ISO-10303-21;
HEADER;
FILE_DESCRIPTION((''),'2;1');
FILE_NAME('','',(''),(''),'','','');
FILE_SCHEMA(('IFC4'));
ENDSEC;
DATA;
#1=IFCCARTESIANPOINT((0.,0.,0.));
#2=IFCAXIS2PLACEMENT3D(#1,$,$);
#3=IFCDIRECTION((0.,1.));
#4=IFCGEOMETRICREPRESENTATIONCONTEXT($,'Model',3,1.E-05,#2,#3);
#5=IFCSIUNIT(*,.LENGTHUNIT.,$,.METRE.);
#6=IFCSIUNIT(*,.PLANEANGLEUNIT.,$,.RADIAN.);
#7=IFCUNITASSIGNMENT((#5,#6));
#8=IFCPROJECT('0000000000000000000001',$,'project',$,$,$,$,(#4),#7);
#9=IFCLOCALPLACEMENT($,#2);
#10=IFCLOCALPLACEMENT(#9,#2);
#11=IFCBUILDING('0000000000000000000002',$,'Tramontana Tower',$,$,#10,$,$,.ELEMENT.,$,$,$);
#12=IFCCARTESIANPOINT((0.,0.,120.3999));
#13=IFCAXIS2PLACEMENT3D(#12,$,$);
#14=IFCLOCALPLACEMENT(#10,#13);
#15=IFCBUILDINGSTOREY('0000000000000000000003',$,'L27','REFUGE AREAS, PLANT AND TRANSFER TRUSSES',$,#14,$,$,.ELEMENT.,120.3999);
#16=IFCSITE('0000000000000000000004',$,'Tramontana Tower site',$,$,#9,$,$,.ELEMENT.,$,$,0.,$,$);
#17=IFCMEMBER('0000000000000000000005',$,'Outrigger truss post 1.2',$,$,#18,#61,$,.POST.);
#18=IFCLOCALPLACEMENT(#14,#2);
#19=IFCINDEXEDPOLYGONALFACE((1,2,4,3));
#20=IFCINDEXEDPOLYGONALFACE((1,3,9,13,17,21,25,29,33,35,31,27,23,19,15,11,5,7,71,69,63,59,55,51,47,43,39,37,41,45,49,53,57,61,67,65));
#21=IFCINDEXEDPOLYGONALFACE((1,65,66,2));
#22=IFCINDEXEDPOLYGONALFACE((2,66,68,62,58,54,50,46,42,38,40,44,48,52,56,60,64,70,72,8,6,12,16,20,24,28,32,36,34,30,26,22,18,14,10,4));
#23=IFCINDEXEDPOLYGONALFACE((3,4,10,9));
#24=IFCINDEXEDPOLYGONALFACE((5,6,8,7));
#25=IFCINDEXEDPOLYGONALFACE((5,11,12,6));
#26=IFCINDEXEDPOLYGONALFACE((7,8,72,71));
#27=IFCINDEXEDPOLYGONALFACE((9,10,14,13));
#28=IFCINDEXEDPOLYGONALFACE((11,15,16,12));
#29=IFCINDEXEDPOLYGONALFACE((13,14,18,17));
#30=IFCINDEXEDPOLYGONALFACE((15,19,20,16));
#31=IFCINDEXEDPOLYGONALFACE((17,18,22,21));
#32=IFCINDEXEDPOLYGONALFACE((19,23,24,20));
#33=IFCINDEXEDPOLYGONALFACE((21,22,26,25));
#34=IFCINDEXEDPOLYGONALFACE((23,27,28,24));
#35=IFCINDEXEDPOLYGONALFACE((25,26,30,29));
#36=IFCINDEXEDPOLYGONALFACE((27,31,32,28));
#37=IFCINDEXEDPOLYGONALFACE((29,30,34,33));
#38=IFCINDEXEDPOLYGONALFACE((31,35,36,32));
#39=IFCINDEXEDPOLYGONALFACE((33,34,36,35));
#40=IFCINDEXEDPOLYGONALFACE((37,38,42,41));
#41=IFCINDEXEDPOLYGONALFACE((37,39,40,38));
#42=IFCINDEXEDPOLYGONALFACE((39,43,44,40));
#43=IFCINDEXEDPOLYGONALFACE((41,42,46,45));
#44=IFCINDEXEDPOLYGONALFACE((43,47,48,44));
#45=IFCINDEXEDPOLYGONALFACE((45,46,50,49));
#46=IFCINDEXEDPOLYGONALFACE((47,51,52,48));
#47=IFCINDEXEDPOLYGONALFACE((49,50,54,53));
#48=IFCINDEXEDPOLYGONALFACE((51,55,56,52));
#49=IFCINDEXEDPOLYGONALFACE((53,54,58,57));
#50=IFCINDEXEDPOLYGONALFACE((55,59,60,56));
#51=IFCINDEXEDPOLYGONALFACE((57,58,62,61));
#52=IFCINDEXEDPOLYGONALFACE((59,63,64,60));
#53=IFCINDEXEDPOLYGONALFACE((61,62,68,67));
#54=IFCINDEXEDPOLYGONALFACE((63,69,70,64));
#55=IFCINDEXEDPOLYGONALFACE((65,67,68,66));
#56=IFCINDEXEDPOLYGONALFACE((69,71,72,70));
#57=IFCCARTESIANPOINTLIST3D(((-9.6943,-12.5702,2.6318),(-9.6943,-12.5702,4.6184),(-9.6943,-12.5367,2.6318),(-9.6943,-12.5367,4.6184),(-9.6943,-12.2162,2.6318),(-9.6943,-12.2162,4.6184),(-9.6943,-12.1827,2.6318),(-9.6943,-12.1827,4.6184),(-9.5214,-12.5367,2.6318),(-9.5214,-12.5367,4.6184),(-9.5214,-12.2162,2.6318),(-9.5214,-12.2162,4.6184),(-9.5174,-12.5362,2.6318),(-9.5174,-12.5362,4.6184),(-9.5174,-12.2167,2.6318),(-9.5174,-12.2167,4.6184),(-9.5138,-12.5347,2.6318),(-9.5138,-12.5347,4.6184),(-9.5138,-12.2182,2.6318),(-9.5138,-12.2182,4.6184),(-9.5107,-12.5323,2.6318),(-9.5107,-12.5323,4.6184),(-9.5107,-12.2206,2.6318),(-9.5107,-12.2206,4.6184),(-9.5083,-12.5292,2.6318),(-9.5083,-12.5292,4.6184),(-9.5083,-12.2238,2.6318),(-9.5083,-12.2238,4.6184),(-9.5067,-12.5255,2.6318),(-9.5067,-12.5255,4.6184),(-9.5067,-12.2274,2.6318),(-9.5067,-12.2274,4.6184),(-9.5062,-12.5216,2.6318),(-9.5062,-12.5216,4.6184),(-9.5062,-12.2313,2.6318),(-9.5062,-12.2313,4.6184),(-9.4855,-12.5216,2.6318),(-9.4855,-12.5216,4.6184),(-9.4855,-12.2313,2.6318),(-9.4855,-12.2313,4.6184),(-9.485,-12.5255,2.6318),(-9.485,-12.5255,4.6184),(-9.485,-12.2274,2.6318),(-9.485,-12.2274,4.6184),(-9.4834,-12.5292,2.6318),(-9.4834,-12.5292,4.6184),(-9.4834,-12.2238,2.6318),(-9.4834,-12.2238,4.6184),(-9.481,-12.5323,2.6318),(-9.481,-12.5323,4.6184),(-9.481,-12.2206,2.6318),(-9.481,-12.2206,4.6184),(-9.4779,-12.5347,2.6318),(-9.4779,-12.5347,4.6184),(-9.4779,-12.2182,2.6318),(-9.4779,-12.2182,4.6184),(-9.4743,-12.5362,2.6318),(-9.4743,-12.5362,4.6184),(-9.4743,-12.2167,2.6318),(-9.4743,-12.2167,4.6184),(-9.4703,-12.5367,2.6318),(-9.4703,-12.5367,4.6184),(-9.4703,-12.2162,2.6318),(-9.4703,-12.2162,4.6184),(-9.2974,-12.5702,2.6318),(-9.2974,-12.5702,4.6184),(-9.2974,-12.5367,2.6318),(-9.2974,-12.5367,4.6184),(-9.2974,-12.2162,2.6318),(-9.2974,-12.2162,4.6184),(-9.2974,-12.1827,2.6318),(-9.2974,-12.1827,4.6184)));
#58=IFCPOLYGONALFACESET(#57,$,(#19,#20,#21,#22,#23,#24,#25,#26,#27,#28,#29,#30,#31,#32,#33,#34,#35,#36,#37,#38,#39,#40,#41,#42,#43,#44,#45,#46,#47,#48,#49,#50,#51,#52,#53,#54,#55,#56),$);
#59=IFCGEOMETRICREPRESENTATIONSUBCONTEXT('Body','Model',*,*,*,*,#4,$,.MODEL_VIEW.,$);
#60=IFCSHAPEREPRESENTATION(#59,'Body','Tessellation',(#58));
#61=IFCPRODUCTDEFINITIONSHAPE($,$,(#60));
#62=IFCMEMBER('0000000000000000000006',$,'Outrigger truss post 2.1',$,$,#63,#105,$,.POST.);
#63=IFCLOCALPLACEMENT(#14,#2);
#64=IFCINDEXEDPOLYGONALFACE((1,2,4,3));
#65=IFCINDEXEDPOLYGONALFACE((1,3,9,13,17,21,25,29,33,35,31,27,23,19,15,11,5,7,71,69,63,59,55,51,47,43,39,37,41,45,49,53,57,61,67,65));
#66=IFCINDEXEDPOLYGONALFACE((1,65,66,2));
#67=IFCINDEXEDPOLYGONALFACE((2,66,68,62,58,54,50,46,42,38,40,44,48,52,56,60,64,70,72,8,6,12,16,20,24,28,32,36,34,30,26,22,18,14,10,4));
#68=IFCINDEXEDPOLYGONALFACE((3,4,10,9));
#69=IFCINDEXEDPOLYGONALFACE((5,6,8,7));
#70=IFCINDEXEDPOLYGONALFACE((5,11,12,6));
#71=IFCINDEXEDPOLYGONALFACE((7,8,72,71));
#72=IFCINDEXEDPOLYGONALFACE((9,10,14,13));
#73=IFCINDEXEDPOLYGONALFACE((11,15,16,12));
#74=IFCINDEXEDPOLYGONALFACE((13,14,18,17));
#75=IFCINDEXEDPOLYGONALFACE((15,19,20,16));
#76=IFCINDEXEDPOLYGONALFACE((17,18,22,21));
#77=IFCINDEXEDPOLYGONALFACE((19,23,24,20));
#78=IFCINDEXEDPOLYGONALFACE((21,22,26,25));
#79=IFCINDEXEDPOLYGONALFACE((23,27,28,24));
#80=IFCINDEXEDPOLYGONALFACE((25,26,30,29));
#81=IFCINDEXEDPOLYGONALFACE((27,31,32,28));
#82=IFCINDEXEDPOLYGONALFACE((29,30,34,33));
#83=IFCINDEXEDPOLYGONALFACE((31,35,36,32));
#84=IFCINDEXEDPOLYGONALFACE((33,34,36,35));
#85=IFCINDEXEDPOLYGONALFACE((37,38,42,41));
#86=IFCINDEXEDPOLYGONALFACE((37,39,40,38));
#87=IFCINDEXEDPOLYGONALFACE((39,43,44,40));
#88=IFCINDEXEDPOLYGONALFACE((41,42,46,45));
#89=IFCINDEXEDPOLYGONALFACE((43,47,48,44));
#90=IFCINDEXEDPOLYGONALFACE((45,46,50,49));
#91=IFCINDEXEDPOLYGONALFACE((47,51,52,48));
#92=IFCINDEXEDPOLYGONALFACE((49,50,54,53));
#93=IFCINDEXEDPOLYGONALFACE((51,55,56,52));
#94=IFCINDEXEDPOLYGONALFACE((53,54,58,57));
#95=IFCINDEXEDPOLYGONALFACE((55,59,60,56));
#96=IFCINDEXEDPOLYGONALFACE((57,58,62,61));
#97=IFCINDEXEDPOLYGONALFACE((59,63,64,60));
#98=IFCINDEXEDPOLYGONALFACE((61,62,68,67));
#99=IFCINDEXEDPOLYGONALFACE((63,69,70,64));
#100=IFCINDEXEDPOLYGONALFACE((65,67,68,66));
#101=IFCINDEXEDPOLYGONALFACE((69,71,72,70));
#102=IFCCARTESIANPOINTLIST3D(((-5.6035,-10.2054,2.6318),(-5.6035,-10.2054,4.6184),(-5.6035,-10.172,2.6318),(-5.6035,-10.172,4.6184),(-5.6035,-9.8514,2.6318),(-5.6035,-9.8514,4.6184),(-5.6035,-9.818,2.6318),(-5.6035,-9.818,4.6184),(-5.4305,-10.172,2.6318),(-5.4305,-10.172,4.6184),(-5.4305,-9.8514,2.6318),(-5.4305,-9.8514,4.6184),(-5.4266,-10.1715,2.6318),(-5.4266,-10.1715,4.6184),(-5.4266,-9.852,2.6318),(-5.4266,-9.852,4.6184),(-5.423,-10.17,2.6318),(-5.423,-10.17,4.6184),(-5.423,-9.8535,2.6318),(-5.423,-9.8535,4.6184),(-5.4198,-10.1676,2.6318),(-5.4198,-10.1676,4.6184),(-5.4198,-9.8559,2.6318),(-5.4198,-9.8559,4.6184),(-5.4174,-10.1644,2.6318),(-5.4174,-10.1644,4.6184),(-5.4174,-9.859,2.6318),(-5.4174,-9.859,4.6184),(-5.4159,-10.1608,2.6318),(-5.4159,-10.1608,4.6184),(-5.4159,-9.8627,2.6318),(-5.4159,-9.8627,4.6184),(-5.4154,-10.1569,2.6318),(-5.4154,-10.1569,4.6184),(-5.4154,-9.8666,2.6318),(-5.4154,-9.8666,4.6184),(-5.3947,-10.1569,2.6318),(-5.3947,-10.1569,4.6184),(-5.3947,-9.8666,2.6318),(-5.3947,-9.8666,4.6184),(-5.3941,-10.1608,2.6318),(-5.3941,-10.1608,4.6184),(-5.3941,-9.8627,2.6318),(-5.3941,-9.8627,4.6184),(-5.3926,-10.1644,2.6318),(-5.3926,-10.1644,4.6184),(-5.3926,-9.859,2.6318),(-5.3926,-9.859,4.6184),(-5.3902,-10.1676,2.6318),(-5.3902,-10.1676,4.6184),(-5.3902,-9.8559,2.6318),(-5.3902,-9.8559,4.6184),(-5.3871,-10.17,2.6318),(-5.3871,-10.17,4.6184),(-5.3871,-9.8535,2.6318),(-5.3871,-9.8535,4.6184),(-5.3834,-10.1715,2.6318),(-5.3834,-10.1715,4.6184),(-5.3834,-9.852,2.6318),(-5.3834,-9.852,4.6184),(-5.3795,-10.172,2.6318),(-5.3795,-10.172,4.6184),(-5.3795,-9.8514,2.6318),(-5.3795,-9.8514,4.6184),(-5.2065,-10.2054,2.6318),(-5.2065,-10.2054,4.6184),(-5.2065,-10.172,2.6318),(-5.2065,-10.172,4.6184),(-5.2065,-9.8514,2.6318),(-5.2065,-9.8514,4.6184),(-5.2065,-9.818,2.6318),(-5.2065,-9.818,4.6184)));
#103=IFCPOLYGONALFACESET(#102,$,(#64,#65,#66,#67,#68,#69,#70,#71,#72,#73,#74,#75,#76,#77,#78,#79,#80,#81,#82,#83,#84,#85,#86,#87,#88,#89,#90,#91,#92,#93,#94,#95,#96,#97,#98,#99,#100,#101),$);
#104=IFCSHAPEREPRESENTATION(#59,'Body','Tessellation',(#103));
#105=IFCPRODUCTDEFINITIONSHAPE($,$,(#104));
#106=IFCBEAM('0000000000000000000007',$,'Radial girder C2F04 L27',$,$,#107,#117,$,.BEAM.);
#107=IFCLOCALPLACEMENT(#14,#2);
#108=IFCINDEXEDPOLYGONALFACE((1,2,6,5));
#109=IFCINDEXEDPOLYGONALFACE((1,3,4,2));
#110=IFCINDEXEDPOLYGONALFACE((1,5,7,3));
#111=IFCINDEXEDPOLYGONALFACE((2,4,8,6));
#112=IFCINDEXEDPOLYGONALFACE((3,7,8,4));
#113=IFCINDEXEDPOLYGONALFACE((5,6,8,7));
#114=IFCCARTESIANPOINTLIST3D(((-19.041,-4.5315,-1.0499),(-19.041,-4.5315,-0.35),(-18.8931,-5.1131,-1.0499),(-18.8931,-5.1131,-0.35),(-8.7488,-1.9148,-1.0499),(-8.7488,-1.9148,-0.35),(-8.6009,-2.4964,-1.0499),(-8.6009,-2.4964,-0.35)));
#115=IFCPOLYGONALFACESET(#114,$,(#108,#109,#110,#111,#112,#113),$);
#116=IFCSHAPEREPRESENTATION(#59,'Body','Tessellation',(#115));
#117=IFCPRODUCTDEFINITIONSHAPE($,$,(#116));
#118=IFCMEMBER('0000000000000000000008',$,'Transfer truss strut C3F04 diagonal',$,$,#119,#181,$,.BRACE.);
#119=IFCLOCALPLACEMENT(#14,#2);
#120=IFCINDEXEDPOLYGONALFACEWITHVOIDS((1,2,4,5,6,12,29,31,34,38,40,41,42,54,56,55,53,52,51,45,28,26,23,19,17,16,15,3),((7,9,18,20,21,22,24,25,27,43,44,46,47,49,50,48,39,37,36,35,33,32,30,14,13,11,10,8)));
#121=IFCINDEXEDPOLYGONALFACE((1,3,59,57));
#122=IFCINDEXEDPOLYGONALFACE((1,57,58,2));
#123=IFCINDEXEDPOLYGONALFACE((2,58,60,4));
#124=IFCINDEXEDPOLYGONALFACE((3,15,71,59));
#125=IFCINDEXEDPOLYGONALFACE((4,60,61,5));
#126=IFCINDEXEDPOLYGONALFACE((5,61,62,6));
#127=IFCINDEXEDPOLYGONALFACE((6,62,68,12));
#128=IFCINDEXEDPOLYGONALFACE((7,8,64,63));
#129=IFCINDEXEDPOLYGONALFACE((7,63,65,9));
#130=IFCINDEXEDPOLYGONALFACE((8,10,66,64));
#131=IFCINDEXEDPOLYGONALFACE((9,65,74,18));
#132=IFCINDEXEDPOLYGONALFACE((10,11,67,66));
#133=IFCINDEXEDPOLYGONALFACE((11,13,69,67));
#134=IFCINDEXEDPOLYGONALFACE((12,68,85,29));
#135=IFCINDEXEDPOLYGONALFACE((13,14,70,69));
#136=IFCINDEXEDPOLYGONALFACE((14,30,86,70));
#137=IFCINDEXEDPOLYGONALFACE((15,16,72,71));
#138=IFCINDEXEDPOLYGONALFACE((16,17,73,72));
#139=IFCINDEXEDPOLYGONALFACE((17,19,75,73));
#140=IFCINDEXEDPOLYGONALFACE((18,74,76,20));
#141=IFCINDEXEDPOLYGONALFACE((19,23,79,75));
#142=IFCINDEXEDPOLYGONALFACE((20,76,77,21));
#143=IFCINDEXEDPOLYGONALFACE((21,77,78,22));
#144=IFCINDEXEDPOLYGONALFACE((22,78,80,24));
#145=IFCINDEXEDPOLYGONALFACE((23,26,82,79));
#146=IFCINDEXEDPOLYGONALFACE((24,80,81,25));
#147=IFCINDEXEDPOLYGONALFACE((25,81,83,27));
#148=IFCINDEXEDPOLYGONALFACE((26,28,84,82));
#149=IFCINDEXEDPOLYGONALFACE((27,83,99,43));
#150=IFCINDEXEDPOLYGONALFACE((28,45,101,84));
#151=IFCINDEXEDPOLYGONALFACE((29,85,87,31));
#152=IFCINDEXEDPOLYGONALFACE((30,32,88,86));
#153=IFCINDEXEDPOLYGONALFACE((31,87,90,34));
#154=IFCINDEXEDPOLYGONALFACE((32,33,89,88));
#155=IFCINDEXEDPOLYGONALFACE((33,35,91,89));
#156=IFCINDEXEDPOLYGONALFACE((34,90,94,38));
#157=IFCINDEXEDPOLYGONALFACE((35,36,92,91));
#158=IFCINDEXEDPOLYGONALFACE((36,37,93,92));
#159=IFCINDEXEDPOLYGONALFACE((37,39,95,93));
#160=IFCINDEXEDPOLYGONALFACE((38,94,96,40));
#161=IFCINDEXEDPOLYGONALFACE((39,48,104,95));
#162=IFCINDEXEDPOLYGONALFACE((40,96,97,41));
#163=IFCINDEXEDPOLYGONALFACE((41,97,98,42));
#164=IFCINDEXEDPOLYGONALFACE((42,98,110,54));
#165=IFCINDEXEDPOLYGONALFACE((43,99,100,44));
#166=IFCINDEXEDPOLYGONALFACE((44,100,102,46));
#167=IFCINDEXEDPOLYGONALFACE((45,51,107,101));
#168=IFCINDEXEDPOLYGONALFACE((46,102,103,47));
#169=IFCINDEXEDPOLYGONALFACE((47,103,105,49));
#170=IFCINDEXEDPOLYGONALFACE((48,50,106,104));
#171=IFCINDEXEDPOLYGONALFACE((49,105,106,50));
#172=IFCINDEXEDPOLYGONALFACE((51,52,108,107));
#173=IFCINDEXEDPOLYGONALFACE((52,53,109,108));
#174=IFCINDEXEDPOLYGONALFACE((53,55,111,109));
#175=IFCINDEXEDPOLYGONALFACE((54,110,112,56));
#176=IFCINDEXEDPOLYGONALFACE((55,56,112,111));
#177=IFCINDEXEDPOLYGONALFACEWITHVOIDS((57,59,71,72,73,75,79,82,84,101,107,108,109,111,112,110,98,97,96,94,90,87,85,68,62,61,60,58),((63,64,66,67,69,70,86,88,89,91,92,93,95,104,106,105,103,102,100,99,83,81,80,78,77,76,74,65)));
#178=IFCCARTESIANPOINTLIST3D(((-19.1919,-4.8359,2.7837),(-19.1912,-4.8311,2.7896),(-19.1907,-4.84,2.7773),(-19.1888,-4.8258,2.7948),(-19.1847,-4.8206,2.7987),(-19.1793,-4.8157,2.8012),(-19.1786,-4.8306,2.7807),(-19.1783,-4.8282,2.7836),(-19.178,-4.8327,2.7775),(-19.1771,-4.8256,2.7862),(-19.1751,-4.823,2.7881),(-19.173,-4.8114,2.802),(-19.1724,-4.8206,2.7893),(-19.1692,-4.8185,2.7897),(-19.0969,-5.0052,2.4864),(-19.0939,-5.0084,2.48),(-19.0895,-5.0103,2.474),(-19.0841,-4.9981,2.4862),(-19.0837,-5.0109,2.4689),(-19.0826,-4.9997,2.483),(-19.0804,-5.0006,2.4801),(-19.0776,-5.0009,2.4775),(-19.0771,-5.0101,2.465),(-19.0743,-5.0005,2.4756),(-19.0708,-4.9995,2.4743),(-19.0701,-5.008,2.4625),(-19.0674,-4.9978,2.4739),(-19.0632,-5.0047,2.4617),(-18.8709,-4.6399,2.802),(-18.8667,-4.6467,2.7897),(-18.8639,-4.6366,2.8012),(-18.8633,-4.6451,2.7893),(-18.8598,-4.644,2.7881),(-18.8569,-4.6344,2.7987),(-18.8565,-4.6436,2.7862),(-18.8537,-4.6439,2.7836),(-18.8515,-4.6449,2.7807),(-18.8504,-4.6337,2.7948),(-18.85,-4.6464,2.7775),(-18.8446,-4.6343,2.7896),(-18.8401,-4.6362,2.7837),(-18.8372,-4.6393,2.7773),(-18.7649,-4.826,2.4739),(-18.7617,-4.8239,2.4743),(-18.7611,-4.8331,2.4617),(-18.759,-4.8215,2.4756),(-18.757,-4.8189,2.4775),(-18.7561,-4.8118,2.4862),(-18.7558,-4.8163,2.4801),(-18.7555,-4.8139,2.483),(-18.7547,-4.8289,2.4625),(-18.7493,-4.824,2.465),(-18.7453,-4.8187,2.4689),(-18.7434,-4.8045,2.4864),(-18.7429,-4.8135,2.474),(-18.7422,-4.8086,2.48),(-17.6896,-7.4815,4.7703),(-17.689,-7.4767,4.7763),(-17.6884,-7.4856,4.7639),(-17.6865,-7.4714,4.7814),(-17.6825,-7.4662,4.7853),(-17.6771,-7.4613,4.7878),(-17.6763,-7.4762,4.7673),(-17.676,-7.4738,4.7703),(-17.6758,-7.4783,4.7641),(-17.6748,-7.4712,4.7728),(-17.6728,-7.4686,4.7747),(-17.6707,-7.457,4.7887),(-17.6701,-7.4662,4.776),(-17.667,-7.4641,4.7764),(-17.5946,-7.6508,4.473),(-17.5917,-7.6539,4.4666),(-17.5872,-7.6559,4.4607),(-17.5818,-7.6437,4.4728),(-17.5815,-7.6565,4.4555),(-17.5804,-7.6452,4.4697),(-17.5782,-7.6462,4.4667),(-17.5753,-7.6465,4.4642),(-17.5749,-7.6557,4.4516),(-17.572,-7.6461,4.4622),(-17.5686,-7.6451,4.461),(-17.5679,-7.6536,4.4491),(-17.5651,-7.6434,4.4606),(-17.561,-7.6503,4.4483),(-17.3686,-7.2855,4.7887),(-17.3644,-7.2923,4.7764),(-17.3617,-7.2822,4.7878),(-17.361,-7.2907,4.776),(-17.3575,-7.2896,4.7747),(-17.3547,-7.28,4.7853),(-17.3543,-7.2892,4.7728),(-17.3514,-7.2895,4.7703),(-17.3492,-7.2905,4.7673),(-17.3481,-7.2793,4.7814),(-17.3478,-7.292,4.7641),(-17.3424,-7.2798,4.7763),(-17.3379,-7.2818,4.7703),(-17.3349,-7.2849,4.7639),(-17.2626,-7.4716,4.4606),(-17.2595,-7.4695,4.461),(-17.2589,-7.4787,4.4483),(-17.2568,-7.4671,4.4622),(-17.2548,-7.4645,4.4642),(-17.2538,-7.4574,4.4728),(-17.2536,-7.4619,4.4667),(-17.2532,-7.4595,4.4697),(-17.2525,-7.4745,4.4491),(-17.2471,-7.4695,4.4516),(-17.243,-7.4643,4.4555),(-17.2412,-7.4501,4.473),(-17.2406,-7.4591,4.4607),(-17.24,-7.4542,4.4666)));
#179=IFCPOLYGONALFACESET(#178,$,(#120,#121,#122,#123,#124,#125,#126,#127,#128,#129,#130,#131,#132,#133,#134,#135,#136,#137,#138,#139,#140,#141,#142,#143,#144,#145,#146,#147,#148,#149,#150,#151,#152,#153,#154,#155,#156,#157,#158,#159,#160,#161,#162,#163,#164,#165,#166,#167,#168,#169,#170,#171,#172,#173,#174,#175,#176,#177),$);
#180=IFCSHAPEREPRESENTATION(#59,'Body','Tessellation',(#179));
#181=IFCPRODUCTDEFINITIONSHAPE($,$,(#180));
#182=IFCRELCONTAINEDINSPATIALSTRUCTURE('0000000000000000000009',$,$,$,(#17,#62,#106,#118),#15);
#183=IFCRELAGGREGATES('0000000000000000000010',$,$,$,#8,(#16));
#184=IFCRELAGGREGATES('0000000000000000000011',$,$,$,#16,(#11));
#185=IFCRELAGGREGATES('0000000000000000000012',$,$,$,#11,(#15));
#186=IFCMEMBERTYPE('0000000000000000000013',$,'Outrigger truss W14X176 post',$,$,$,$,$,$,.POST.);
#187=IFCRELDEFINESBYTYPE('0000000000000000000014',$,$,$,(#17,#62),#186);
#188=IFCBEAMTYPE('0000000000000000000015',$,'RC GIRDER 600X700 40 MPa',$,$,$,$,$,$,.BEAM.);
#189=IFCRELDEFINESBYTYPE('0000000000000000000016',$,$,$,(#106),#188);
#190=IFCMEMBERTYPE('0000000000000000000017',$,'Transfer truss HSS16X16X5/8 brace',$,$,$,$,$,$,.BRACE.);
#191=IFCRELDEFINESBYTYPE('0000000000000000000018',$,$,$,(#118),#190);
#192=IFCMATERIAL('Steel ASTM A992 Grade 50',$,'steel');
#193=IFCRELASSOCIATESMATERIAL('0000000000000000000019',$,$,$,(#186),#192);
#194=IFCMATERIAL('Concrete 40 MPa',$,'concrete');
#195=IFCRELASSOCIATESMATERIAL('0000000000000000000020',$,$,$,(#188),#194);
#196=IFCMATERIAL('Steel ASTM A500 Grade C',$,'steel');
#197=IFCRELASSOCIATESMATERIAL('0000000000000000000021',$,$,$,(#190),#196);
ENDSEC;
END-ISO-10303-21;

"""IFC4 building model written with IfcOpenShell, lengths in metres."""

from ifc_helpers import new_model, si_unit, direction, frame, origin, origin_2d, place, context, subcontext, project, spatial, rectangle, hollow_rectangle, i_section, extrude, material, material_profile, profile_set, type_object, element, save


model = new_model("IFC4")

# Units and contexts
model_context = context("Model", 3, precision=1e-05, world=origin(), true_north=direction((0.0, 1.0)))
body_context = subcontext(model_context, "Body", "Model", "MODEL_VIEW")
ifc_project = project(units=[si_unit("LENGTHUNIT", "METRE"), si_unit("PLANEANGLEUNIT", "RADIAN")], contexts=[model_context])

# Site, building, storey
site_placement = place(None, origin())
site = spatial("IfcSite", under=ifc_project, at=site_placement, Name="Tramontana Tower site", CompositionType="ELEMENT", RefElevation=0.0)
building_placement = place(site_placement, origin())
building = spatial("IfcBuilding", under=site, at=building_placement, Name="Tramontana Tower", CompositionType="ELEMENT")
storey_placement = place(building_placement, frame((0.0, 0.0, 120.3999)))
storey = spatial("IfcBuildingStorey", under=building, at=storey_placement, Name="L27", Description="REFUGE AREAS, PLANT AND TRANSFER TRUSSES", CompositionType="ELEMENT", Elevation=120.3999)

# Members
ifc_material_1 = material(Name="Steel ASTM A992 Grade 50", Category="steel")
ifc_material_profile_1 = material_profile(ifc_material_1, i_section(OverallWidth=0.397, OverallDepth=0.3875, WebThickness=0.0208, FlangeThickness=0.0334, FilletRadius=0.0151, at=origin_2d()), Name="W14X176")
ifc_profile_set_1 = profile_set([ifc_material_profile_1], Name="Steel ASTM A992 Grade 50")
member_type_1 = type_object("IfcMemberType", Name="Outrigger truss W14X176 post", PredefinedType="POST", material=ifc_profile_set_1)
for number, where, z_axis, x_axis, name in (
    (1, (-9.4958, -12.3765, 2.6318), (0.0, 0.0, 1.0), (1.0, 0.0, 0.0), "Outrigger truss post 1.2"),
    (2, (-5.405, -10.0117, 2.6318), (0.0, 0.0, 1.0), (1.0, 0.0, 0.0), "Outrigger truss post 2.1"),
):
    element("IfcMember", number, at=place(storey_placement, frame(where, z_axis=z_axis, x_axis=x_axis)), inside=storey, type_object=member_type_1, Name=name, PredefinedType="POST", context=body_context, shape_type="SweptSolid", body=[
        extrude(i_section(OverallWidth=0.397, OverallDepth=0.3875, WebThickness=0.0208, FlangeThickness=0.0334, FilletRadius=0.0151, at=origin_2d()), origin(), (0.0, 0.0, 1.0), 1.9866),
    ])

# Beam
ifc_material_2 = material(Name="Concrete 40 MPa", Category="concrete")
ifc_material_profile_2 = material_profile(ifc_material_2, rectangle(XDim=0.6001, YDim=0.7, at=origin_2d()), Name="RC GIRDER 600X700 40 MPa")
ifc_profile_set_2 = profile_set([ifc_material_profile_2], Name="Concrete 40 MPa")
beam_type = type_object("IfcBeamType", Name="RC GIRDER 600X700 40 MPa", PredefinedType="BEAM", material=ifc_profile_set_2)
beam_placement = place(storey_placement, frame((-18.967, -4.8223, -0.7), z_axis=(0.969168, 0.246401, 0.0), x_axis=(-0.246401, 0.969168, 0.0)))
element("IfcBeam", 3, at=beam_placement, inside=storey, type_object=beam_type, Name="Radial girder C2F04 L27", PredefinedType="BEAM", context=body_context, shape_type="SweptSolid", body=[
    extrude(rectangle(XDim=0.6001, YDim=0.7, at=origin_2d()), origin(), (0.0, 0.0, 1.0), 10.6196),
])

# Member
ifc_material_3 = material(Name="Steel ASTM A500 Grade C", Category="steel")
ifc_material_profile_3 = material_profile(ifc_material_3, hollow_rectangle(XDim=0.4065, YDim=0.4065, WallThickness=0.0146, InnerFilletRadius=0.0146, OuterFilletRadius=0.0295, at=origin_2d()), Name="HSS16X16X5/8")
ifc_profile_set_3 = profile_set([ifc_material_profile_3], Name="Steel ASTM A500 Grade C")
member_type_2 = type_object("IfcMemberType", Name="Transfer truss HSS16X16X5/8 brace", PredefinedType="BRACE", material=ifc_profile_set_3)
member_1_placement = place(storey_placement, frame((-18.967, -4.8223, 2.6318), z_axis=(0.413438, -0.728103, 0.546749), x_axis=(0.869588, 0.493778, 0.0)))
element("IfcMember", 4, at=member_1_placement, inside=storey, type_object=member_type_2, Name="Transfer truss strut C3F04 diagonal", PredefinedType="BRACE", context=body_context, shape_type="SweptSolid", body=[
    extrude(hollow_rectangle(XDim=0.4065, YDim=0.4065, WallThickness=0.0146, InnerFilletRadius=0.0146, OuterFilletRadius=0.0295, at=origin_2d()), origin(), (0.0, 0.0, 1.0), 3.6335),
])

save(model, "model.ifc")
